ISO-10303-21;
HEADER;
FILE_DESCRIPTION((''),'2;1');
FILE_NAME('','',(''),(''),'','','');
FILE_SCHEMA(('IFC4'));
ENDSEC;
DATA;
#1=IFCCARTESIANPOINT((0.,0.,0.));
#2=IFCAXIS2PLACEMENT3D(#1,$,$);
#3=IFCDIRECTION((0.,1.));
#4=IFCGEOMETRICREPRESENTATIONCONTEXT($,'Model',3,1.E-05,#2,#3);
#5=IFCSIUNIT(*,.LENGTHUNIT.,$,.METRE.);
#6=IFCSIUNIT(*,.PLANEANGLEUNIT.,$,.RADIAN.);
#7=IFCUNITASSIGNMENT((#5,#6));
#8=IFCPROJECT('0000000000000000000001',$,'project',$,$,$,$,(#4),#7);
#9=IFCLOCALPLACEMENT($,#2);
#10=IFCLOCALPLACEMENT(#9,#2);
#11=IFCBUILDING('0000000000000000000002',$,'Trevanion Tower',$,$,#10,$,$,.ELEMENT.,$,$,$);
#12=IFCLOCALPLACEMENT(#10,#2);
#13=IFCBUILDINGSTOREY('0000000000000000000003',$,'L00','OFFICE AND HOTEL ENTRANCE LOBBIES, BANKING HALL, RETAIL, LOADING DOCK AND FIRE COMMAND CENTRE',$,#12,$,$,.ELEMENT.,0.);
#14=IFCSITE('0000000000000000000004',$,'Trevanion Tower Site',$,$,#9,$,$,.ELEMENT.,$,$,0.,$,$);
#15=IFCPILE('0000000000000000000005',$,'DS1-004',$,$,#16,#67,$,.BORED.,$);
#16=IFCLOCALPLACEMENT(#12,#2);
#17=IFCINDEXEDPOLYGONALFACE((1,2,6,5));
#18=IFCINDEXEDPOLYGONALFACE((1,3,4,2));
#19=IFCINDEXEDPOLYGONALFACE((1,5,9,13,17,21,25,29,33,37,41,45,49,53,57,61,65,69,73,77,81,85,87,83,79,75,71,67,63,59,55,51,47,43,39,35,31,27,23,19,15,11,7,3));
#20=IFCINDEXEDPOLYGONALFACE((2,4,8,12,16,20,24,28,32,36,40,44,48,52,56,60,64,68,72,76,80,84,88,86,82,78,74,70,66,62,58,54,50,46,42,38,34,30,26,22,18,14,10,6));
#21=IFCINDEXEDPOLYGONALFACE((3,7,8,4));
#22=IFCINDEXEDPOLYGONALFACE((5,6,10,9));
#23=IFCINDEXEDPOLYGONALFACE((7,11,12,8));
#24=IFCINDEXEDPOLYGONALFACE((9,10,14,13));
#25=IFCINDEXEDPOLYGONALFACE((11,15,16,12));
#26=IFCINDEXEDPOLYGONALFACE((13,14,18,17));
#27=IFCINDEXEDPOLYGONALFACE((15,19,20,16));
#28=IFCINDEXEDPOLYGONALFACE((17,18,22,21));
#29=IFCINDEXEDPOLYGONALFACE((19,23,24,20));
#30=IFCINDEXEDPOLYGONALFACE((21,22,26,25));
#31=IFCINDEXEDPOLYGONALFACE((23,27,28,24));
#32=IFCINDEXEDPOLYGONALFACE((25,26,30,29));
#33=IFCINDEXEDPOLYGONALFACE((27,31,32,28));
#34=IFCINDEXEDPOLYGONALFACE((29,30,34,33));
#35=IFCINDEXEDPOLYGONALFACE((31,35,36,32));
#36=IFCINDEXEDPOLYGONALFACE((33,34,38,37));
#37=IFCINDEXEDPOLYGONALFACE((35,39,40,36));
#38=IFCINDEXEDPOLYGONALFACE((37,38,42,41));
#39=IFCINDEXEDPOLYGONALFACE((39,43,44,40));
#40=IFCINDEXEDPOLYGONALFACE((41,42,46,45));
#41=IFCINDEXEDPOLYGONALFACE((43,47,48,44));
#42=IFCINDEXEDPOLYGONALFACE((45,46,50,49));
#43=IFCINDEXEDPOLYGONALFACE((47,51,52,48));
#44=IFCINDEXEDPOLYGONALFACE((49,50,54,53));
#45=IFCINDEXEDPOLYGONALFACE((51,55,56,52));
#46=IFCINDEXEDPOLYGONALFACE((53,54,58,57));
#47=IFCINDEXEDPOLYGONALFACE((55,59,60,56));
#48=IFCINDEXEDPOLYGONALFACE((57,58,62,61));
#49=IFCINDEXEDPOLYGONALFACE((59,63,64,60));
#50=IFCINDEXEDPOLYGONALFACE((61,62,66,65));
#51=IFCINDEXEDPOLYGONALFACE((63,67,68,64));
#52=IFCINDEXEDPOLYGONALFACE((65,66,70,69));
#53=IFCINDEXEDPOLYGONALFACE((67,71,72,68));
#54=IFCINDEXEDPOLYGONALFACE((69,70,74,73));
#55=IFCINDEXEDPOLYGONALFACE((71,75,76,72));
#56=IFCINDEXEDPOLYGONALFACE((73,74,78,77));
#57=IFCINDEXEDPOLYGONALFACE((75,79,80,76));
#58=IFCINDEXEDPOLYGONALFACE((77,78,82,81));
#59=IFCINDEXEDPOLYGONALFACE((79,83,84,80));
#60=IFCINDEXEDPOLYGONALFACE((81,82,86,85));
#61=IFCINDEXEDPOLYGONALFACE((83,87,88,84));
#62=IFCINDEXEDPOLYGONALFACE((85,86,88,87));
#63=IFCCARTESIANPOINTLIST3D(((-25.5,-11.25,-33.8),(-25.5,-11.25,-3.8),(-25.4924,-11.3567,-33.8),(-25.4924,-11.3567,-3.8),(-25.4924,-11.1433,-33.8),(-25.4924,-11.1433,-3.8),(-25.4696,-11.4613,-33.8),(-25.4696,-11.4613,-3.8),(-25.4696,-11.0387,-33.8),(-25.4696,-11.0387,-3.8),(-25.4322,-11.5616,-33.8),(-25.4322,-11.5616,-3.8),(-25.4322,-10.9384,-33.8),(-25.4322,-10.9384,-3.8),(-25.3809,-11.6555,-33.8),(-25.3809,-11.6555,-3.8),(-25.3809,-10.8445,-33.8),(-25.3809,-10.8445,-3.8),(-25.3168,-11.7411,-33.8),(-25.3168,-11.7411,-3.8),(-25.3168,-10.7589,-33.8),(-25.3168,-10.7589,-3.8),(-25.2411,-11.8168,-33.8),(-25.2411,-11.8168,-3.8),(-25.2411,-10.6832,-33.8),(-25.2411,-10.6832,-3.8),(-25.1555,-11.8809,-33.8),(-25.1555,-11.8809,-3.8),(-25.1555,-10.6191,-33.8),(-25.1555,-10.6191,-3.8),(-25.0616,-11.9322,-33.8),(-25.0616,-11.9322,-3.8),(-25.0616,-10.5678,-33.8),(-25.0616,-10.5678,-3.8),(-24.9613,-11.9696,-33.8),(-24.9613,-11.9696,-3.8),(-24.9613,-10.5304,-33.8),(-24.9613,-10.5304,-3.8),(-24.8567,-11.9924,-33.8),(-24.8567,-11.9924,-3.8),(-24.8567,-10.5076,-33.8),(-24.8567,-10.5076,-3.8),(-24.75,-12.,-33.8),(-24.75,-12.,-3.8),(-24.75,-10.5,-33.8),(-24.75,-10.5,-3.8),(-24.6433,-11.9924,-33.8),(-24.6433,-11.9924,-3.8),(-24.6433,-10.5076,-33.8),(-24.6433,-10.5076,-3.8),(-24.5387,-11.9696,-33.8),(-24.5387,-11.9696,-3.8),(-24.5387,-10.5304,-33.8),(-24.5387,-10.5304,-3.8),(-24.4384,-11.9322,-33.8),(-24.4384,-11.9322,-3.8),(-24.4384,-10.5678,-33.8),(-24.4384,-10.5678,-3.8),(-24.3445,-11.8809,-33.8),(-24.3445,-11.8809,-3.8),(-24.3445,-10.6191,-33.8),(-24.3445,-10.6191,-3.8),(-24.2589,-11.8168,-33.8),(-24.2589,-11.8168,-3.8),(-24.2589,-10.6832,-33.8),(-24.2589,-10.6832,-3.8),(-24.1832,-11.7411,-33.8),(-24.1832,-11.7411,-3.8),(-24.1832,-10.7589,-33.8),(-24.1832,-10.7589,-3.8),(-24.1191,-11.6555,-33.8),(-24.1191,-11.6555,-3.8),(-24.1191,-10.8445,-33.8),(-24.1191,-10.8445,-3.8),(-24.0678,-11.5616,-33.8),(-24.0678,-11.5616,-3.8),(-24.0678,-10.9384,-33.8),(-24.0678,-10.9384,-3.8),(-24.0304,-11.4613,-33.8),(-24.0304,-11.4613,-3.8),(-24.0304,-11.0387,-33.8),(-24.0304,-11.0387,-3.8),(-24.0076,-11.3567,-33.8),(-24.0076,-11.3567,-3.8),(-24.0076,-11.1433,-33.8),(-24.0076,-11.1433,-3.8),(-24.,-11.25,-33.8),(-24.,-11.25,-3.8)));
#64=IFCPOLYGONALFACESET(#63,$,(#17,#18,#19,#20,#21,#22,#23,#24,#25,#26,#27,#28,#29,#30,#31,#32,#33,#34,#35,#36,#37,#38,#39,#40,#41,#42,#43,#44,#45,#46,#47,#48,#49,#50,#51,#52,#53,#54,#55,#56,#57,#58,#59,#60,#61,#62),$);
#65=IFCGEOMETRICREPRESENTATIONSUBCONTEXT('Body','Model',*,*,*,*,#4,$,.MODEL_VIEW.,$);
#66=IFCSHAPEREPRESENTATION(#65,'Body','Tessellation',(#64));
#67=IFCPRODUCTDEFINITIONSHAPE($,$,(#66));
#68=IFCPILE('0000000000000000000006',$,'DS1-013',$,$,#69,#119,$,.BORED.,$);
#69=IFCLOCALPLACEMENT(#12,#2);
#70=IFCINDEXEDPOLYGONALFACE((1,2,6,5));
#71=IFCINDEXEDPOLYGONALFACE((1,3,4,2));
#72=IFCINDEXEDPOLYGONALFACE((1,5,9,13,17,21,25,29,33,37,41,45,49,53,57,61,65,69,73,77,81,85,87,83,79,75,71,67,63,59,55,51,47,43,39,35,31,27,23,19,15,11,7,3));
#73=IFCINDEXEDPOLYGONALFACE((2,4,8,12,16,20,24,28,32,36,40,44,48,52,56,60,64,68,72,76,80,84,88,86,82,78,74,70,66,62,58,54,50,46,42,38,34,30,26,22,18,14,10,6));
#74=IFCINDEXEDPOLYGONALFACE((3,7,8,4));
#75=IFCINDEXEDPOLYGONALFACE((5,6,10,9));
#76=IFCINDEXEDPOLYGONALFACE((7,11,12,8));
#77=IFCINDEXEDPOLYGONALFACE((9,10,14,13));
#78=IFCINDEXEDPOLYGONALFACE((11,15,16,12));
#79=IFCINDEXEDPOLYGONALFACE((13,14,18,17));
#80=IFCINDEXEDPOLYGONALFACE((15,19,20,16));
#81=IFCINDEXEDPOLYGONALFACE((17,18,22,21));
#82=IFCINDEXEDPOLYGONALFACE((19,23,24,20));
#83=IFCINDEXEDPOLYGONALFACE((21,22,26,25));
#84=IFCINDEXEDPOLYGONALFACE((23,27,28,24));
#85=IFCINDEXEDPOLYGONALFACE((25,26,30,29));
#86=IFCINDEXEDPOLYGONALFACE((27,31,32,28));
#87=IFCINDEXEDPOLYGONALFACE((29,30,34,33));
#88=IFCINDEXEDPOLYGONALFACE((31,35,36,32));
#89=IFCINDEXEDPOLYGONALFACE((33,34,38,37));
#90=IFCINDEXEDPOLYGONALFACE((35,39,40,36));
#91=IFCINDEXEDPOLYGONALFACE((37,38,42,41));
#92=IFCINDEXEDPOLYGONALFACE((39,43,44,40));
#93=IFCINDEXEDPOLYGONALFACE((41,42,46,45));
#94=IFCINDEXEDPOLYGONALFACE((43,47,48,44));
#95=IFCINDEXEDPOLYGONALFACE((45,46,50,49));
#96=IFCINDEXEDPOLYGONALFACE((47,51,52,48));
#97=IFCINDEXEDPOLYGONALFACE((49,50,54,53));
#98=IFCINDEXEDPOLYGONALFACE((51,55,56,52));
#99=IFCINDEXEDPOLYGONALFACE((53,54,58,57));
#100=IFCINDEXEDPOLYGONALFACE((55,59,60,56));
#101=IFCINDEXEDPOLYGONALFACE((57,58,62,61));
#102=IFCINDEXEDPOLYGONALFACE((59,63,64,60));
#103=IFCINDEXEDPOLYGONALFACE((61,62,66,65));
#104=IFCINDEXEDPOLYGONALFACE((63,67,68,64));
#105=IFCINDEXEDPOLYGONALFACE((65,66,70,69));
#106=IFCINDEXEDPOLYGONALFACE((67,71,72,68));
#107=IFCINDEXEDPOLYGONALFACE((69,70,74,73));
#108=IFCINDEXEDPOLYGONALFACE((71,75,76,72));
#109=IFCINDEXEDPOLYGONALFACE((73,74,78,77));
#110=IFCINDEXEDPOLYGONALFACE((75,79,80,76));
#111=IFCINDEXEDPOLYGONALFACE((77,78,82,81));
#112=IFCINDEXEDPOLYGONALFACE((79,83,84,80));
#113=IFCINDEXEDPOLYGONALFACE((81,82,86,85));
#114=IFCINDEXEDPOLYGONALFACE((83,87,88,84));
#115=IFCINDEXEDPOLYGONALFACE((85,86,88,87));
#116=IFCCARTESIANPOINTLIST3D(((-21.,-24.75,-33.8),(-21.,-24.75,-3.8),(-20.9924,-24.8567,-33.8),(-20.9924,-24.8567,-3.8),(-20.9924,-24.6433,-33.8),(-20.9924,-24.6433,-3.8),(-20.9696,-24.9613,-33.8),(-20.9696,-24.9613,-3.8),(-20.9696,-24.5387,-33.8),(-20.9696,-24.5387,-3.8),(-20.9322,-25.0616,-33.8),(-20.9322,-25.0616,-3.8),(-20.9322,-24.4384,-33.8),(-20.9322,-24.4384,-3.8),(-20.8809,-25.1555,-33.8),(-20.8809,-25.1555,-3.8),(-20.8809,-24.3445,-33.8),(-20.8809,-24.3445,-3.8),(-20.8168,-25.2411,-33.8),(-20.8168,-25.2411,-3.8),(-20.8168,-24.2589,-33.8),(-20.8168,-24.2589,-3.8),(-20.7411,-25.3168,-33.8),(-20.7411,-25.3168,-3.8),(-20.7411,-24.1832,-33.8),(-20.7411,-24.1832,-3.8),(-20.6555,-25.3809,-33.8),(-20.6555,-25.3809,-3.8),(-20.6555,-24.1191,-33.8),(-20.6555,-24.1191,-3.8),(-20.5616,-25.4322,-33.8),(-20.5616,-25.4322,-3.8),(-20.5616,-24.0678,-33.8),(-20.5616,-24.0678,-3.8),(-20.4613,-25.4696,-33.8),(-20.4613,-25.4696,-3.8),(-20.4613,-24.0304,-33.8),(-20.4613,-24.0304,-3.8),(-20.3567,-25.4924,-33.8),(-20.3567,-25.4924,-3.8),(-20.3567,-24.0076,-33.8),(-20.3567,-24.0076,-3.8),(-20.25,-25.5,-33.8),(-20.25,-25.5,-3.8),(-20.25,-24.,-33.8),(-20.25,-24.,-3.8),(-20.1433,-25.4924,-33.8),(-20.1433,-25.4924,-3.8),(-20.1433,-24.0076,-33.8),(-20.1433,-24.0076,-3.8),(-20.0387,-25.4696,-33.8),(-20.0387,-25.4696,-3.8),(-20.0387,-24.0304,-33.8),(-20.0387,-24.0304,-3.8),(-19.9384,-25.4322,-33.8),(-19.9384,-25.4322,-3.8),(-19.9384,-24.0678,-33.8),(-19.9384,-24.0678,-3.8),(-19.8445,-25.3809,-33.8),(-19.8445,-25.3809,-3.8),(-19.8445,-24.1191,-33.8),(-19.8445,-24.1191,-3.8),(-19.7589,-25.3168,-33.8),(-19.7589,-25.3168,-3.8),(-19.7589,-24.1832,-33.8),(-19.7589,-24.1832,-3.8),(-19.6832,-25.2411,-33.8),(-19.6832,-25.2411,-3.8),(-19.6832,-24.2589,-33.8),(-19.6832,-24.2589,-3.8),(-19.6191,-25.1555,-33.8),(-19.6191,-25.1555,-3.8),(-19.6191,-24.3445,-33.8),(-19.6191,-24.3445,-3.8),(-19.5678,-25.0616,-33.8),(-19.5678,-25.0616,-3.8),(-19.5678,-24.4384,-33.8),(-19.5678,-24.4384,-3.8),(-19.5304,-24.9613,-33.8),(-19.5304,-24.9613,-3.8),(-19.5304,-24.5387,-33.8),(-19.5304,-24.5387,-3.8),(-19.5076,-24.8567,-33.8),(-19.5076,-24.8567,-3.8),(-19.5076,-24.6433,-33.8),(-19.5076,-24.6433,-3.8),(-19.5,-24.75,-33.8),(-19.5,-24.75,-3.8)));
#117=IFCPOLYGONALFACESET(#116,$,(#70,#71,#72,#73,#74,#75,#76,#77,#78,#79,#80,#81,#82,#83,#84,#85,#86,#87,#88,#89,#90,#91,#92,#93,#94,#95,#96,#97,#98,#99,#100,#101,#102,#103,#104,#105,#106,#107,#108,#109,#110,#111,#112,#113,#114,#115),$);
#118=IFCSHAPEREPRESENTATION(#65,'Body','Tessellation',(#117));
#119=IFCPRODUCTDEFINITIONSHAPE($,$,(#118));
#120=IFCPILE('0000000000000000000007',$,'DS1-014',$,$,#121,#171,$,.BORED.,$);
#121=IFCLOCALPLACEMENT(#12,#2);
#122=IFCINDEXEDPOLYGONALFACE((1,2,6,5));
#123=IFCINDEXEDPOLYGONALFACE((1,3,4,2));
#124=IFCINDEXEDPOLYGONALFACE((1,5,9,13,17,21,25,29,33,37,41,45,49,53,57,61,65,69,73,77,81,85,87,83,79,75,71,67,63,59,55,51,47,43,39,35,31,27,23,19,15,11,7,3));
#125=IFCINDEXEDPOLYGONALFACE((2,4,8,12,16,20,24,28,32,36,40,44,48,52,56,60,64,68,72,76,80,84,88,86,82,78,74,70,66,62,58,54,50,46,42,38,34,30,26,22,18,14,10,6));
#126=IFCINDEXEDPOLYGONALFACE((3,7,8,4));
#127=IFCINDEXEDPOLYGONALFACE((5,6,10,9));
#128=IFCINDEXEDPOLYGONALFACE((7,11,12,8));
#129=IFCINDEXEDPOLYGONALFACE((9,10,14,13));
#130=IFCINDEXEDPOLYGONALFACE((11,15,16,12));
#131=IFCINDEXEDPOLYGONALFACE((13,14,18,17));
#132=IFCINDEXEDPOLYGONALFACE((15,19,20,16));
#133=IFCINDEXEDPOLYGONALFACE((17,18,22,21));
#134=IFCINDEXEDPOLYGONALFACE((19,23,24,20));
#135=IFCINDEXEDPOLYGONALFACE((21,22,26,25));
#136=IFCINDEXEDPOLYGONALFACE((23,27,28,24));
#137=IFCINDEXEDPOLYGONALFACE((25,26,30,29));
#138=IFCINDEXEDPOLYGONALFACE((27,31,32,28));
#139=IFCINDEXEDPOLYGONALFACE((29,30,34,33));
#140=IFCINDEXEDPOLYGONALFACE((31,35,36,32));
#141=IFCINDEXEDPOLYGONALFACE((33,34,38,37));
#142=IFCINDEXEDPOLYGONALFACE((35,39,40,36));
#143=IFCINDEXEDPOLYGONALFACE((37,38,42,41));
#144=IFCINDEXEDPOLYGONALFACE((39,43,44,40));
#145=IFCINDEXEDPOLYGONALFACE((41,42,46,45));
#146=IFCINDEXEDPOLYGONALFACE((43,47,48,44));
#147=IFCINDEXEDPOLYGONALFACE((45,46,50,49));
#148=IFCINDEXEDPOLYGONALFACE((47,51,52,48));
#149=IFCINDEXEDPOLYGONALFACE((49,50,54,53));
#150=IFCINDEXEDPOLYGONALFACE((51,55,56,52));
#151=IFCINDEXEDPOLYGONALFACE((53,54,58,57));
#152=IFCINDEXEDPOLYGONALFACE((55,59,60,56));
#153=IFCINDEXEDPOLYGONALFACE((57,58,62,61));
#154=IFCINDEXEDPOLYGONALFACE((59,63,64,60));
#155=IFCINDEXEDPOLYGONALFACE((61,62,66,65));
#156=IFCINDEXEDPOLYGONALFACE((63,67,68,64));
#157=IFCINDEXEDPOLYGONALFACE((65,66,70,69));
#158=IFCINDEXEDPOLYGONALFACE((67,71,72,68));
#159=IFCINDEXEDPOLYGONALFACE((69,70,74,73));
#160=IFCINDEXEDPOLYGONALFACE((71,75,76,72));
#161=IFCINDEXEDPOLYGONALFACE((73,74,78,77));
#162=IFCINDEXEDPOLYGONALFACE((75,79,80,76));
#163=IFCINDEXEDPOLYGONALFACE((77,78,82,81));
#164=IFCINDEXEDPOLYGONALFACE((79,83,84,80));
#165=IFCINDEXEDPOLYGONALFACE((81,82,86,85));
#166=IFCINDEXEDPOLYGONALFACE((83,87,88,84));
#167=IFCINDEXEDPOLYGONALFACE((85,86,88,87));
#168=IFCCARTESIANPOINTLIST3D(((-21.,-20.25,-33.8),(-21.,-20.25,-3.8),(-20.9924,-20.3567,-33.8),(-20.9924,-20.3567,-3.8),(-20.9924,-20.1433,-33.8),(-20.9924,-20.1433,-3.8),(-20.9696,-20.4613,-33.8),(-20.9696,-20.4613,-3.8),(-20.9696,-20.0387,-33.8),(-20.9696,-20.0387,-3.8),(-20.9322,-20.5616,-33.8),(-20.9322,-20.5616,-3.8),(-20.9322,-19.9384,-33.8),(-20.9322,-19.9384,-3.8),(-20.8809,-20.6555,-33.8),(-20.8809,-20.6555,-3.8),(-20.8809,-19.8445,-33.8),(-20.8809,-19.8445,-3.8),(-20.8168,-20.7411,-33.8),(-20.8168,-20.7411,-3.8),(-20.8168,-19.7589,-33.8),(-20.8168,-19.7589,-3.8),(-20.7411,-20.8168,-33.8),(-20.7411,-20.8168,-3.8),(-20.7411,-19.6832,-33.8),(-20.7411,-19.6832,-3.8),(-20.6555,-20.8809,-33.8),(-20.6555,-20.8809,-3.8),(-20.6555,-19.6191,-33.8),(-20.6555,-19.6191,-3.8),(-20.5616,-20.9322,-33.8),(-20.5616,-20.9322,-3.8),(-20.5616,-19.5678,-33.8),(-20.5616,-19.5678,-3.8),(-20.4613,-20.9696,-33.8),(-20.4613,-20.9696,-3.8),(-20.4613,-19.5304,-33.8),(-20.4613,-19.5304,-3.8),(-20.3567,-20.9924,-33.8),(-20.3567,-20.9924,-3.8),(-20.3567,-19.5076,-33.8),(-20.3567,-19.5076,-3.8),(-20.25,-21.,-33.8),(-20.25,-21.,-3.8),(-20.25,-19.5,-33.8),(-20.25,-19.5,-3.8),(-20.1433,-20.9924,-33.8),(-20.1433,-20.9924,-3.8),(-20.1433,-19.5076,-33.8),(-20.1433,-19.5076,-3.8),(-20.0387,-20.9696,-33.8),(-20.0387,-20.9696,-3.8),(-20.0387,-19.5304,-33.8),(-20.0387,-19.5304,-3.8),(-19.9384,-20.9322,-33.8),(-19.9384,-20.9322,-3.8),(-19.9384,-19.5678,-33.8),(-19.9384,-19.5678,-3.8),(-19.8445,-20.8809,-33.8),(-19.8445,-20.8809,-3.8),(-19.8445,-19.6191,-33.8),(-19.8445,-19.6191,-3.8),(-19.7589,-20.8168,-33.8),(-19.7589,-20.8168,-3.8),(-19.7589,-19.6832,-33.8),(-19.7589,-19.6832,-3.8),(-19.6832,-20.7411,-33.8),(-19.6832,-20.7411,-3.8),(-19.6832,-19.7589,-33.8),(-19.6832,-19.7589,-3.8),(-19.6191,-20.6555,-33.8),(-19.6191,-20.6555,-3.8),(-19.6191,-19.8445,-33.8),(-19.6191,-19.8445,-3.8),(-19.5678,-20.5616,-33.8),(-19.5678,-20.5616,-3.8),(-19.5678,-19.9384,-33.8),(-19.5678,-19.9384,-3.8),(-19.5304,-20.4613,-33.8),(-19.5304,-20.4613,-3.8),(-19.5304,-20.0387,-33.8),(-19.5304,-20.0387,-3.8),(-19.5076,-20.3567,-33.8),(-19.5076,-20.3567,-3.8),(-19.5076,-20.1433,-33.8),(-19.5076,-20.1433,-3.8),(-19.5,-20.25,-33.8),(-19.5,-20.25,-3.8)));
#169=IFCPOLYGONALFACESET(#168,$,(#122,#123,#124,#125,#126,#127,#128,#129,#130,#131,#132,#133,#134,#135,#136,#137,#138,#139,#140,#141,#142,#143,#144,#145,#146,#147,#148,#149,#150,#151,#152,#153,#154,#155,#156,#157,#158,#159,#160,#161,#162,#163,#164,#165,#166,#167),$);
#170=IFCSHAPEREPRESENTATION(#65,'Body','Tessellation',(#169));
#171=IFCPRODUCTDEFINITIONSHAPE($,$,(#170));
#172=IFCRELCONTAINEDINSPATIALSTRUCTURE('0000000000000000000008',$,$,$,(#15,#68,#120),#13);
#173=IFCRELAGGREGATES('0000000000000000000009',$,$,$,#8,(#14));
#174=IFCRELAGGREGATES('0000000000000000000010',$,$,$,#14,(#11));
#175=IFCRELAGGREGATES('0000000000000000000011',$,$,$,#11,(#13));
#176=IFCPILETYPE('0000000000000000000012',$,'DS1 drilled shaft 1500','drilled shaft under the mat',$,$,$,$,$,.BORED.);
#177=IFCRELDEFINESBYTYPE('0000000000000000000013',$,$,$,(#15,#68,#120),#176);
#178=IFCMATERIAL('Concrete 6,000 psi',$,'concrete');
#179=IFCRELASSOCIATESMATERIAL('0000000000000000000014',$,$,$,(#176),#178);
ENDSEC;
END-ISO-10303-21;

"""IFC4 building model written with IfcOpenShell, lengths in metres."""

from ifc_helpers import new_model, si_unit, direction, frame, origin, origin_2d, place, context, subcontext, project, spatial, circle, extrude, material, material_profile, profile_set, type_object, element, save


model = new_model("IFC4")

# Units and contexts
model_context = context("Model", 3, precision=1e-05, world=origin(), true_north=direction((0.0, 1.0)))
body_context = subcontext(model_context, "Body", "Model", "MODEL_VIEW")
ifc_project = project(units=[si_unit("LENGTHUNIT", "METRE"), si_unit("PLANEANGLEUNIT", "RADIAN")], contexts=[model_context])

# Site, building, storey
site_placement = place(None, origin())
site = spatial("IfcSite", under=ifc_project, at=site_placement, Name="Trevanion Tower Site", CompositionType="ELEMENT", RefElevation=0.0)
building_placement = place(site_placement, origin())
building = spatial("IfcBuilding", under=site, at=building_placement, Name="Trevanion Tower", CompositionType="ELEMENT")
storey_placement = place(building_placement, origin())
storey = spatial("IfcBuildingStorey", under=building, at=storey_placement, Name="L00", Description="OFFICE AND HOTEL ENTRANCE LOBBIES, BANKING HALL, RETAIL, LOADING DOCK AND FIRE COMMAND CENTRE", CompositionType="ELEMENT", Elevation=0.0)

# Piles
ifc_material_1 = material(Name="Concrete 6,000 psi", Category="concrete")
ifc_material_profile_1 = material_profile(ifc_material_1, circle(Radius=0.75, at=origin_2d()), Name="DS1 drilled shaft 1500")
ifc_profile_set_1 = profile_set([ifc_material_profile_1], Name="Concrete 6,000 psi")
pile_type = type_object("IfcPileType", Name="DS1 drilled shaft 1500", Description="drilled shaft under the mat", PredefinedType="BORED", material=ifc_profile_set_1)
for number, where, z_axis, x_axis, name in (
    (1, (-24.75, -11.25, -3.8), (0.0, 0.0, -1.0), (1.0, 0.0, 0.0), "DS1-004"),
    (2, (-20.25, -24.75, -3.8), (0.0, 0.0, -1.0), (1.0, 0.0, 0.0), "DS1-013"),
    (3, (-20.25, -20.25, -3.8), (0.0, 0.0, -1.0), (1.0, 0.0, 0.0), "DS1-014"),
):
    element("IfcPile", number, at=place(storey_placement, frame(where, z_axis=z_axis, x_axis=x_axis)), inside=storey, type_object=pile_type, Name=name, PredefinedType="BORED", context=body_context, shape_type="SweptSolid", body=[
        extrude(circle(Radius=0.75, at=origin_2d()), origin(), (0.0, 0.0, 1.0), 30.0),
    ])

save(model, "model.ifc")
